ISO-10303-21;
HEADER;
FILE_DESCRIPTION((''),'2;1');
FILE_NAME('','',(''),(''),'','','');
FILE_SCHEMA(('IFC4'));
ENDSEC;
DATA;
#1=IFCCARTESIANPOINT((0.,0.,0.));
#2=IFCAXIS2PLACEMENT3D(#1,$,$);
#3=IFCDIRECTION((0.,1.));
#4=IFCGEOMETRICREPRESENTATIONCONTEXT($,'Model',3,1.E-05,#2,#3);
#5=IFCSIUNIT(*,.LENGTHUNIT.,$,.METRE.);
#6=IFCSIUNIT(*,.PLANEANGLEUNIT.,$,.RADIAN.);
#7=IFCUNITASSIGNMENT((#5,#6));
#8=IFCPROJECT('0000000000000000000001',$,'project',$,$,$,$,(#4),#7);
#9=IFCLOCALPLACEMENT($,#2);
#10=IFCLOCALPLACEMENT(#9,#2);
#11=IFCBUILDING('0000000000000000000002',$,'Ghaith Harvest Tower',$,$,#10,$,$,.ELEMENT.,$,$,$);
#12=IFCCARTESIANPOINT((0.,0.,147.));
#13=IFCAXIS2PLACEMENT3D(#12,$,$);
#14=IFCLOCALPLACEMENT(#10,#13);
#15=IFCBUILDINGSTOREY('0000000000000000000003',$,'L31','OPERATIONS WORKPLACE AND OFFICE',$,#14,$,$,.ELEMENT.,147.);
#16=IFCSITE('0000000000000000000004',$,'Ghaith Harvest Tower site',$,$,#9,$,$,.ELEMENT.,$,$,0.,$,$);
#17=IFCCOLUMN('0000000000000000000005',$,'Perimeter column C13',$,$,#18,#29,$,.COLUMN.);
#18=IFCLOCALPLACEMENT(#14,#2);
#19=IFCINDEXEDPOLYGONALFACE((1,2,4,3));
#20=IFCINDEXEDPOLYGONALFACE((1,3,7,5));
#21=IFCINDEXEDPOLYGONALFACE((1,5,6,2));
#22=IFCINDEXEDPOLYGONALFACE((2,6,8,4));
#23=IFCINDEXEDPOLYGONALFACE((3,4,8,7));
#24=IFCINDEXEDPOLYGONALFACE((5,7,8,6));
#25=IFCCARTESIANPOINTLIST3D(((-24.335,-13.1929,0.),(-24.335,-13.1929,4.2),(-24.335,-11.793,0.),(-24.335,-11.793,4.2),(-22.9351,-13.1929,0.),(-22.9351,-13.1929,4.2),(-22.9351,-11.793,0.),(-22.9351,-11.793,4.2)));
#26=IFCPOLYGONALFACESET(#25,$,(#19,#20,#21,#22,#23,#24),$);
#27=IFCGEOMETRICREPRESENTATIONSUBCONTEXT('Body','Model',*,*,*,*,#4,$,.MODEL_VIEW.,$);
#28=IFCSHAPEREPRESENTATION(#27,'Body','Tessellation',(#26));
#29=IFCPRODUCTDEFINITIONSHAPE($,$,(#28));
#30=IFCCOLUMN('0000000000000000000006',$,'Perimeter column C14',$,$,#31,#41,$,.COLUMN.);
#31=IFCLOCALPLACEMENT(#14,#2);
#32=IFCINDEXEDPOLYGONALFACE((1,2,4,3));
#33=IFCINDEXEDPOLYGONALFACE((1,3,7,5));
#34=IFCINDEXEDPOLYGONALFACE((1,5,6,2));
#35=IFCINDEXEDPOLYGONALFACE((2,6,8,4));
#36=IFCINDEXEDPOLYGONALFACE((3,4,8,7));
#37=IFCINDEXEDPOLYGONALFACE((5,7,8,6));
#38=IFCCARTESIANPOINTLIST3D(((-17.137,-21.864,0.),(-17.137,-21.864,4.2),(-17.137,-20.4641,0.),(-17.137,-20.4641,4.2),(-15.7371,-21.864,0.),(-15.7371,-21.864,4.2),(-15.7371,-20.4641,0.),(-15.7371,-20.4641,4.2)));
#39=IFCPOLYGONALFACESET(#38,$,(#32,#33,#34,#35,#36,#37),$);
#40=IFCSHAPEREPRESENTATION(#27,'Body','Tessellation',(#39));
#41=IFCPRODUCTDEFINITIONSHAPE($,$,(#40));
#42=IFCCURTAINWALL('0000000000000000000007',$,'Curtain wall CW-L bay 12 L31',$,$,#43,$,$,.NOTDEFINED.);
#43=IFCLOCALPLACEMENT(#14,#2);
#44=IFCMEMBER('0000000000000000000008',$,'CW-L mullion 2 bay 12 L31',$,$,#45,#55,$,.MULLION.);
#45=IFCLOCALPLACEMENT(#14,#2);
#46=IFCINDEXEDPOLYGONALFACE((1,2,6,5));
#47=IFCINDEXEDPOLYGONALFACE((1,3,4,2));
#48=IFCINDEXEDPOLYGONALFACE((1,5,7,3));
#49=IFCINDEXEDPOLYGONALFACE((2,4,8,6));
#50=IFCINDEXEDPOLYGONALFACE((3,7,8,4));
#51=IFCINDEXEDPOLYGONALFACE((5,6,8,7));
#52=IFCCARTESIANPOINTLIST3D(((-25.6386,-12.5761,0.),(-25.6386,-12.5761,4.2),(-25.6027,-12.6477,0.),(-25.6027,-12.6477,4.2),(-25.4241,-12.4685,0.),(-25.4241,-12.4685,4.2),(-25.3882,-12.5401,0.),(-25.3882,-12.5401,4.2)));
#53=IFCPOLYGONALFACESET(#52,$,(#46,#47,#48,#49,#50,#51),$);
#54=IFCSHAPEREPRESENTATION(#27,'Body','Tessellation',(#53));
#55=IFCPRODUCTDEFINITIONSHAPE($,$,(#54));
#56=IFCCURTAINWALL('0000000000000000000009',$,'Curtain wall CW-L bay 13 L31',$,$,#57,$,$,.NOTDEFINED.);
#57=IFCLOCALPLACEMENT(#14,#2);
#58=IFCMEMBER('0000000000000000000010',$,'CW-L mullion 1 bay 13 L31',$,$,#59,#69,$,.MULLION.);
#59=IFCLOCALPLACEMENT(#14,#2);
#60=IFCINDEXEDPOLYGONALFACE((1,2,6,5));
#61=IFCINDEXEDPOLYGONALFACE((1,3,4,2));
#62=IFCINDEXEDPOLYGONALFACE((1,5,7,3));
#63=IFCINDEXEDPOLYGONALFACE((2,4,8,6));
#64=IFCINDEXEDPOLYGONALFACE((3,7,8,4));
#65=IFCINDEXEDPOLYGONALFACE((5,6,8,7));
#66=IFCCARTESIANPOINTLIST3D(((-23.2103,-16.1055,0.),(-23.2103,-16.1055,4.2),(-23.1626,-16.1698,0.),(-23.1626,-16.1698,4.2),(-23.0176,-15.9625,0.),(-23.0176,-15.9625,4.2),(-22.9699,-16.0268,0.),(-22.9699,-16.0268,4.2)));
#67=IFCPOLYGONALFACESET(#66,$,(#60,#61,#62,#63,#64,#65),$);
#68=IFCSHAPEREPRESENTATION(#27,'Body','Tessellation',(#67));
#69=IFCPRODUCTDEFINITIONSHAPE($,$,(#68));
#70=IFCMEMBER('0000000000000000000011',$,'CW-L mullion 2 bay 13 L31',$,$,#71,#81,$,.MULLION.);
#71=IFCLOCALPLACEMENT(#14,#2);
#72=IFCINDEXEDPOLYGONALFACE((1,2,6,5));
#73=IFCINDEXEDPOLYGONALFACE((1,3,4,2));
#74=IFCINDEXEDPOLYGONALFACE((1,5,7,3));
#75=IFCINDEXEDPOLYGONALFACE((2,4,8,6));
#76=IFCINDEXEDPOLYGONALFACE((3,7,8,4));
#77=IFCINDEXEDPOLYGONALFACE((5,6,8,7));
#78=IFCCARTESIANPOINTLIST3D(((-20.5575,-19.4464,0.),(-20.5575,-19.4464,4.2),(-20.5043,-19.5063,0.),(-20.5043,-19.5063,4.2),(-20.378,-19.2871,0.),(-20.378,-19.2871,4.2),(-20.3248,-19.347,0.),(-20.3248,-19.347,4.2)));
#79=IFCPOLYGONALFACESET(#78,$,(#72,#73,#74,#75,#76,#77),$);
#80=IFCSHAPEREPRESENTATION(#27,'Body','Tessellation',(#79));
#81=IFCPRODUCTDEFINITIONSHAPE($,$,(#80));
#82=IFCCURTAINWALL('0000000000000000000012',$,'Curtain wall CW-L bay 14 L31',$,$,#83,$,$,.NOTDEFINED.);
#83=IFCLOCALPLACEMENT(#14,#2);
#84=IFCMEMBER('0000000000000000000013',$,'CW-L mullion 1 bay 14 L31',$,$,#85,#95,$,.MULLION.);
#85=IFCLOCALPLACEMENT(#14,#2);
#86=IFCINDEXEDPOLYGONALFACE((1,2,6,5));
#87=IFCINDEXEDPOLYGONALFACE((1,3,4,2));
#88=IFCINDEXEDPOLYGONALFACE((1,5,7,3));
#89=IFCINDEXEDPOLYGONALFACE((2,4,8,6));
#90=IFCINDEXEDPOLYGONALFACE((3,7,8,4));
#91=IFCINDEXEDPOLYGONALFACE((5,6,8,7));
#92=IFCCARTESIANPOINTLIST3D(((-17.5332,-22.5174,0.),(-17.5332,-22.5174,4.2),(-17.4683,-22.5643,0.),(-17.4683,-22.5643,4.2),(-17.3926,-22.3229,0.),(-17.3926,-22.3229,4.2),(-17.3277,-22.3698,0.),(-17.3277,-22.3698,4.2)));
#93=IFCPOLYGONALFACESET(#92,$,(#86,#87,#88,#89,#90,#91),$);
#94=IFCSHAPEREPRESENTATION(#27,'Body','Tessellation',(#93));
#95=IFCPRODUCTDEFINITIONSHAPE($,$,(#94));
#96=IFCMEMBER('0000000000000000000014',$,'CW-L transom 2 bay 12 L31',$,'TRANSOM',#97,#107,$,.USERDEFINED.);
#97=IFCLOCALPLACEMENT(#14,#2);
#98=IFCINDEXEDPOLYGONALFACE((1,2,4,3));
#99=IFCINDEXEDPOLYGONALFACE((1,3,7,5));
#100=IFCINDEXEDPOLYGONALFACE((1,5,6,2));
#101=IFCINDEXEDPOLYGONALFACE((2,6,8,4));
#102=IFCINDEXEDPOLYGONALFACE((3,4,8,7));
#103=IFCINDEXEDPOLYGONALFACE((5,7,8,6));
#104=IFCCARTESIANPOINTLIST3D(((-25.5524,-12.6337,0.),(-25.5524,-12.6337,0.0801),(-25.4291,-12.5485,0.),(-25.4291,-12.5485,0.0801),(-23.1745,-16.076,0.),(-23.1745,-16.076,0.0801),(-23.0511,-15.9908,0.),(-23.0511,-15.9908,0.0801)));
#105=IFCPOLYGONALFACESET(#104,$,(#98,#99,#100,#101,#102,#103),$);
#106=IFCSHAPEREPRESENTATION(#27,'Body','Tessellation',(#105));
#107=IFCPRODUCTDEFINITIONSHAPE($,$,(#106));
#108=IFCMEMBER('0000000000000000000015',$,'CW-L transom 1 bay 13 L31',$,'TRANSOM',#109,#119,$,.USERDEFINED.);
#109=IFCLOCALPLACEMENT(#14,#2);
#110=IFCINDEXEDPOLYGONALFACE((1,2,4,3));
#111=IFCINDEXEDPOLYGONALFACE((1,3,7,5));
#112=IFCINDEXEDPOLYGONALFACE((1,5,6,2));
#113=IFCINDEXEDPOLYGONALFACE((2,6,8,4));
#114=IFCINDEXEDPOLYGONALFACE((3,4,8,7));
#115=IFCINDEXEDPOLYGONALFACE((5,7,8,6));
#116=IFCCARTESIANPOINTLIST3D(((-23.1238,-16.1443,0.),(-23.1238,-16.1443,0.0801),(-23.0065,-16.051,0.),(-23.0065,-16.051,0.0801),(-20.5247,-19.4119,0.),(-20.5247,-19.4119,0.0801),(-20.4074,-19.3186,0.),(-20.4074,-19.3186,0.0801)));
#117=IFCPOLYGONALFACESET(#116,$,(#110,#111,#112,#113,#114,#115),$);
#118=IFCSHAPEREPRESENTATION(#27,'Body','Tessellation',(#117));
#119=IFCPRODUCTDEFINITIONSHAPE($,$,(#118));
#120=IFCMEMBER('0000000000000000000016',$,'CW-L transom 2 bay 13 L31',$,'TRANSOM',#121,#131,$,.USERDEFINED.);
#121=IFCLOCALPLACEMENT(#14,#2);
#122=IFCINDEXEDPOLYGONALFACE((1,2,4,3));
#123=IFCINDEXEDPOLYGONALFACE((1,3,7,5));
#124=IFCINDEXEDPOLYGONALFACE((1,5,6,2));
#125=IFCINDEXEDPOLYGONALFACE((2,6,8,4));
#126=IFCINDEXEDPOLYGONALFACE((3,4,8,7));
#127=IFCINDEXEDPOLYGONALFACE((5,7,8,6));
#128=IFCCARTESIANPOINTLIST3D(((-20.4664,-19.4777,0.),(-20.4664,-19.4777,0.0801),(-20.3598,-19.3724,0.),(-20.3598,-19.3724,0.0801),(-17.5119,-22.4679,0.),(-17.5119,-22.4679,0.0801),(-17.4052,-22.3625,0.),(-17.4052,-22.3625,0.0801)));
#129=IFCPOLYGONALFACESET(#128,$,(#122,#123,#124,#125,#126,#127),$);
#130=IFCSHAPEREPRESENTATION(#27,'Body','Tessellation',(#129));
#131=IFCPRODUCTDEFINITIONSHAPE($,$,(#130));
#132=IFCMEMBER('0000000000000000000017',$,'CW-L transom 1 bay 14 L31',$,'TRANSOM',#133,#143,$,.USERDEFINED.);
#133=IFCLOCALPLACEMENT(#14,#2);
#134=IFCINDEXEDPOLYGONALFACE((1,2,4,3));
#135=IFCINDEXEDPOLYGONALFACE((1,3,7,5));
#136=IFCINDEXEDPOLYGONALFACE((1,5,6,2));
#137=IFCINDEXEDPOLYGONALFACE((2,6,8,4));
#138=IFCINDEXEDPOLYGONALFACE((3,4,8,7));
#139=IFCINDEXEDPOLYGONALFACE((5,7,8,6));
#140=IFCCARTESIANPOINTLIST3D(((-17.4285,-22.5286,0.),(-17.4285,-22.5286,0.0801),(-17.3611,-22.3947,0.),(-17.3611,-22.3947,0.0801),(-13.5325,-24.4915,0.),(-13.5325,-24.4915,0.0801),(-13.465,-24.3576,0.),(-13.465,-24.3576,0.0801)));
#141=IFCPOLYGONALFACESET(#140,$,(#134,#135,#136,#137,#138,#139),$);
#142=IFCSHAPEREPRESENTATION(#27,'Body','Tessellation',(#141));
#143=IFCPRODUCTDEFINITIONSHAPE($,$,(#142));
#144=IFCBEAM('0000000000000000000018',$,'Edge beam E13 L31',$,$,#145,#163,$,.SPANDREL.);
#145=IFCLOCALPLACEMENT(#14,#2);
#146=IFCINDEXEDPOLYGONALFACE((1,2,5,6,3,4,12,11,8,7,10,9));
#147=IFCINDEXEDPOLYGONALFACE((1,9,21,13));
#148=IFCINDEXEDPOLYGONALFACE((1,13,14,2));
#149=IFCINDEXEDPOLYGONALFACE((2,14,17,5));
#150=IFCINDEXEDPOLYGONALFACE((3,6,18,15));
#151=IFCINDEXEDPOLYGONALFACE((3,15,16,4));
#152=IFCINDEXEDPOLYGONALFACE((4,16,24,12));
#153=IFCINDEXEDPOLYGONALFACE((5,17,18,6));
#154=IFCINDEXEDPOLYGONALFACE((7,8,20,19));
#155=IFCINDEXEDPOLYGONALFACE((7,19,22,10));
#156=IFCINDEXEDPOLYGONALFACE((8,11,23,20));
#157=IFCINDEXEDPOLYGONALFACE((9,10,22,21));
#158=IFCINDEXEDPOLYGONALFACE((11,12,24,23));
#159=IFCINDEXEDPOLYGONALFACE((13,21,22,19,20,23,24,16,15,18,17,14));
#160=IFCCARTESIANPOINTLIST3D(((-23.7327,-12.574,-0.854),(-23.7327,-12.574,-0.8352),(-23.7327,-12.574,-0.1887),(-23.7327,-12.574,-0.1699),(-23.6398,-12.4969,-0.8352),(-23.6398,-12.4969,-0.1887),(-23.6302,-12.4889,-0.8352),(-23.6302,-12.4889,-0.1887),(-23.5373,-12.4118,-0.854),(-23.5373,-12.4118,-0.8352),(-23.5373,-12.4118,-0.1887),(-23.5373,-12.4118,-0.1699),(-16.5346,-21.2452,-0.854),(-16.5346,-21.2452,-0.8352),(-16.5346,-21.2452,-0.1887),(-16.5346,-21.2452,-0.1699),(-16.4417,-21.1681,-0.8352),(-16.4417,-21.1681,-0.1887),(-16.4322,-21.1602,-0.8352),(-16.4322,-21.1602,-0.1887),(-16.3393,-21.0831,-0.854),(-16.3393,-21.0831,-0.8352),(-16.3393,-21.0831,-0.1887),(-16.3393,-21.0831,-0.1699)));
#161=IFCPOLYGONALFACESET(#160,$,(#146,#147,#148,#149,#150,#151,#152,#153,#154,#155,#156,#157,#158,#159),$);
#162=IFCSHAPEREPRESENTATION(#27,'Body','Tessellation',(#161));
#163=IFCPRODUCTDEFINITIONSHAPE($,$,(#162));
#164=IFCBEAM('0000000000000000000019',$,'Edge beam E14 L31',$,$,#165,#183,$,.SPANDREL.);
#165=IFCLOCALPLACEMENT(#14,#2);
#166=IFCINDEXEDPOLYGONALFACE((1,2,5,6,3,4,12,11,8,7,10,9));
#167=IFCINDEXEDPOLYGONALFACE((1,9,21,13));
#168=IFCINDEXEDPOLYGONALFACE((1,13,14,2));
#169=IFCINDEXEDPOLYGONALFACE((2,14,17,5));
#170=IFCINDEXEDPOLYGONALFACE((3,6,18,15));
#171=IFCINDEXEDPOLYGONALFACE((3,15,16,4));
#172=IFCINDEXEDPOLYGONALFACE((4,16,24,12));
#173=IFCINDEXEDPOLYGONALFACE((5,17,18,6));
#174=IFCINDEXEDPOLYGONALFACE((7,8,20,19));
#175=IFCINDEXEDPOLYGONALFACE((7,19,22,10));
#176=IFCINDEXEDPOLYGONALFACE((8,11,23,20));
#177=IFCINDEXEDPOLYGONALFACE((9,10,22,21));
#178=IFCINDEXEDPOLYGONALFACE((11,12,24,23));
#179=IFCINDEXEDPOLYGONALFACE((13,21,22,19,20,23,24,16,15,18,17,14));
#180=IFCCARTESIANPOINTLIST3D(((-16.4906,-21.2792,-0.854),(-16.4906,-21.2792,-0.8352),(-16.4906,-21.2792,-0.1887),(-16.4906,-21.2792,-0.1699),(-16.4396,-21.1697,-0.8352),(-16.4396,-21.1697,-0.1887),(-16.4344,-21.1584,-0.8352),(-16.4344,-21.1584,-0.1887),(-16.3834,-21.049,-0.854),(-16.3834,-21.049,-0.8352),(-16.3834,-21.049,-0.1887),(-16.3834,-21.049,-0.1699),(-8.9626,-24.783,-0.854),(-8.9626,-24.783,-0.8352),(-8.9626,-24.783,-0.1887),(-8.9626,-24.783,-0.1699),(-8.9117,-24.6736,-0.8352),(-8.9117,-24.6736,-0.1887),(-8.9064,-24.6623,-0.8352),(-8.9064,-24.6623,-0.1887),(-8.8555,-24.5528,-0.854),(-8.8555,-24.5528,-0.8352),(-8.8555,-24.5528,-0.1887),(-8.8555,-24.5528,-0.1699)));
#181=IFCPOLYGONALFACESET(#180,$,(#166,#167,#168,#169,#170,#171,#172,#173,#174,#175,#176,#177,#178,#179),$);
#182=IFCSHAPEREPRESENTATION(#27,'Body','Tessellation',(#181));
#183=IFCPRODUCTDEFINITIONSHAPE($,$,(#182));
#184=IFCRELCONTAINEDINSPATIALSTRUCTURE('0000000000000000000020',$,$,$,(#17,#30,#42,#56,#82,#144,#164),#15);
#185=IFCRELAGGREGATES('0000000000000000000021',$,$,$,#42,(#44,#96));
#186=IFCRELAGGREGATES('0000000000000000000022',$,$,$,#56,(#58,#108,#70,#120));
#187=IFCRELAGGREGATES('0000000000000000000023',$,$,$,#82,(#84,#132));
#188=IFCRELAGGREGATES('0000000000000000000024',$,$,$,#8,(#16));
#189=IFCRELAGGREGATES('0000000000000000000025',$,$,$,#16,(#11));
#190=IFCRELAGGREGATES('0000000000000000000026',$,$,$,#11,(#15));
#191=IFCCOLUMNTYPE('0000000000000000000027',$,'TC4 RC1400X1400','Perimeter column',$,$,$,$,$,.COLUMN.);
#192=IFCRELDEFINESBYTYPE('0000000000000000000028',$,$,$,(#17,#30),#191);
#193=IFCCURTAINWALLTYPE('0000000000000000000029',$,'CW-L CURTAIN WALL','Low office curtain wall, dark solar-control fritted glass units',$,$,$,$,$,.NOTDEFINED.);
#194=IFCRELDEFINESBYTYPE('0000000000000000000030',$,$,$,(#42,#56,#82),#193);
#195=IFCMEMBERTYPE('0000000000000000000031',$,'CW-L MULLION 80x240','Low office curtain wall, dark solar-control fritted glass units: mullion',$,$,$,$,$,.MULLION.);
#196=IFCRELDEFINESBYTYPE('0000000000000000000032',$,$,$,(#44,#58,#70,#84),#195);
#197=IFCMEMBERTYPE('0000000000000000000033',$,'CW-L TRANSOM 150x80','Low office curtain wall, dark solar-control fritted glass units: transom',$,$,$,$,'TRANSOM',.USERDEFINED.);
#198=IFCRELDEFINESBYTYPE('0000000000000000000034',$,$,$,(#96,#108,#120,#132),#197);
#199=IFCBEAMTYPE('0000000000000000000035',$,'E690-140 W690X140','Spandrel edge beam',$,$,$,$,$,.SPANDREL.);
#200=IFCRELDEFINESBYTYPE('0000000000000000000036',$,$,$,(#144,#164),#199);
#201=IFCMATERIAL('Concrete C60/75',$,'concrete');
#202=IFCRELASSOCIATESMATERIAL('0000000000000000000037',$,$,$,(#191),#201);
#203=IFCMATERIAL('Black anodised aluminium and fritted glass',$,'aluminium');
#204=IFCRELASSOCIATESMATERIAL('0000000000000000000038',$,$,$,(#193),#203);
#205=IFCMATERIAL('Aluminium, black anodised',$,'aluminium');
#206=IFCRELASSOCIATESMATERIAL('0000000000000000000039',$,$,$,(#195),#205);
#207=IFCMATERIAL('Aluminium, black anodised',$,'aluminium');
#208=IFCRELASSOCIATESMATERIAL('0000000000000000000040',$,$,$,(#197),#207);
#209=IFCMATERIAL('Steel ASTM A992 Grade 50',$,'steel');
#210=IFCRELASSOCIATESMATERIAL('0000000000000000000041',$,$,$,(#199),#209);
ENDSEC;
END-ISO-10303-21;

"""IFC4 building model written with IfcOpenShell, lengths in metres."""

from ifc_helpers import new_model, si_unit, direction, frame, origin, origin_2d, place, context, subcontext, project, spatial, rectangle, i_section, extrude, material, material_profile, profile_set, type_object, element, aggregate, save


model = new_model("IFC4")

# Units and contexts
model_context = context("Model", 3, precision=1e-05, world=origin(), true_north=direction((0.0, 1.0)))
body_context = subcontext(model_context, "Body", "Model", "MODEL_VIEW")
ifc_project = project(units=[si_unit("LENGTHUNIT", "METRE"), si_unit("PLANEANGLEUNIT", "RADIAN")], contexts=[model_context])

# Site, building, storey
site_placement = place(None, origin())
site = spatial("IfcSite", under=ifc_project, at=site_placement, Name="Ghaith Harvest Tower site", CompositionType="ELEMENT", RefElevation=0.0)
building_placement = place(site_placement, origin())
building = spatial("IfcBuilding", under=site, at=building_placement, Name="Ghaith Harvest Tower", CompositionType="ELEMENT")
storey_placement = place(building_placement, frame((0.0, 0.0, 147.0)))
storey = spatial("IfcBuildingStorey", under=building, at=storey_placement, Name="L31", Description="OPERATIONS WORKPLACE AND OFFICE", CompositionType="ELEMENT", Elevation=147.0)

# Columns
ifc_material_1 = material(Name="Concrete C60/75", Category="concrete")
ifc_material_profile_1 = material_profile(ifc_material_1, rectangle(XDim=1.3999, YDim=1.3999, at=origin_2d()), Name="RC1400X1400")
ifc_profile_set_1 = profile_set([ifc_material_profile_1], Name="Concrete C60/75")
column_type = type_object("IfcColumnType", Name="TC4 RC1400X1400", Description="Perimeter column", PredefinedType="COLUMN", material=ifc_profile_set_1)
for number, where, z_axis, x_axis, name in (
    (1, (-23.635, -12.4929, 0.0), (0.0, 0.0, 1.0), (1.0, 0.0, 0.0), "Perimeter column C13"),
    (2, (-16.437, -21.1641, 0.0), (0.0, 0.0, 1.0), (1.0, 0.0, 0.0), "Perimeter column C14"),
):
    element("IfcColumn", number, at=place(storey_placement, frame(where, z_axis=z_axis, x_axis=x_axis)), inside=storey, type_object=column_type, Name=name, PredefinedType="COLUMN", context=body_context, shape_type="SweptSolid", body=[
        extrude(rectangle(XDim=1.3999, YDim=1.3999, at=origin_2d()), origin(), (0.0, 0.0, 1.0), 4.2),
    ])

# Curtain wall, member
ifc_material_2 = material(Name="Black anodised aluminium and fritted glass", Category="aluminium")
curtain_wall_type = type_object("IfcCurtainWallType", Name="CW-L CURTAIN WALL", Description="Low office curtain wall, dark solar-control fritted glass units", PredefinedType="NOTDEFINED", material=ifc_material_2)
curtain_wall_1_placement = place(storey_placement, origin())
curtain_wall_1 = element("IfcCurtainWall", 3, at=curtain_wall_1_placement, inside=storey, type_object=curtain_wall_type, Name="Curtain wall CW-L bay 12 L31", PredefinedType="NOTDEFINED")
ifc_material_3 = material(Name="Aluminium, black anodised", Category="aluminium")
ifc_material_profile_2 = material_profile(ifc_material_3, rectangle(XDim=0.0801, YDim=0.24, at=origin_2d()), Name="CW-L MULLION 80x240")
ifc_profile_set_2 = profile_set([ifc_material_profile_2], Name="Aluminium, black anodised")
member_type_1 = type_object("IfcMemberType", Name="CW-L MULLION 80x240", Description="Low office curtain wall, dark solar-control fritted glass units: mullion", PredefinedType="MULLION", material=ifc_profile_set_2)
member_1_placement = place(storey_placement, frame((-25.5134, -12.5581, 0.0), z_axis=(0.0, 0.0, 1.0), x_axis=(0.448267, -0.8939, 0.0)))
member_1 = element("IfcMember", 4, at=member_1_placement, type_object=member_type_1, Name="CW-L mullion 2 bay 12 L31", PredefinedType="MULLION", context=body_context, shape_type="SweptSolid", body=[
    extrude(rectangle(XDim=0.0801, YDim=0.24, at=origin_2d()), origin(), (0.0, 0.0, 1.0), 4.2),
])

# Curtain wall, members
curtain_wall_2_placement = place(storey_placement, origin())
curtain_wall_2 = element("IfcCurtainWall", 5, at=curtain_wall_2_placement, inside=storey, type_object=curtain_wall_type, Name="Curtain wall CW-L bay 13 L31", PredefinedType="NOTDEFINED")
member_2_placement = place(storey_placement, frame((-23.0901, -16.0662, 0.0), z_axis=(0.0, 0.0, 1.0), x_axis=(0.59574, -0.803177, 0.0)))
member_2 = element("IfcMember", 6, at=member_2_placement, type_object=member_type_1, Name="CW-L mullion 1 bay 13 L31", PredefinedType="MULLION", context=body_context, shape_type="SweptSolid", body=[
    extrude(rectangle(XDim=0.0801, YDim=0.24, at=origin_2d()), origin(), (0.0, 0.0, 1.0), 4.2),
])
member_3_placement = place(storey_placement, frame((-20.4412, -19.3967, 0.0), z_axis=(0.0, 0.0, 1.0), x_axis=(0.663765, -0.747941, 0.0)))
member_3 = element("IfcMember", 7, at=member_3_placement, type_object=member_type_1, Name="CW-L mullion 2 bay 13 L31", PredefinedType="MULLION", context=body_context, shape_type="SweptSolid", body=[
    extrude(rectangle(XDim=0.0801, YDim=0.24, at=origin_2d()), origin(), (0.0, 0.0, 1.0), 4.2),
])

# Curtain wall, member
curtain_wall_3_placement = place(storey_placement, origin())
curtain_wall_3 = element("IfcCurtainWall", 8, at=curtain_wall_3_placement, inside=storey, type_object=curtain_wall_type, Name="Curtain wall CW-L bay 14 L31", PredefinedType="NOTDEFINED")
member_4_placement = place(storey_placement, frame((-17.4304, -22.4436, 0.0), z_axis=(0.0, 0.0, 1.0), x_axis=(0.810339, -0.585961, 0.0)))
member_4 = element("IfcMember", 9, at=member_4_placement, type_object=member_type_1, Name="CW-L mullion 1 bay 14 L31", PredefinedType="MULLION", context=body_context, shape_type="SweptSolid", body=[
    extrude(rectangle(XDim=0.0801, YDim=0.24, at=origin_2d()), origin(), (0.0, 0.0, 1.0), 4.2),
])

# Members
ifc_material_4 = material(Name="Aluminium, black anodised", Category="aluminium")
ifc_material_profile_3 = material_profile(ifc_material_4, rectangle(XDim=0.1499, YDim=0.0801, at=origin_2d()), Name="CW-L TRANSOM 150x80")
ifc_profile_set_3 = profile_set([ifc_material_profile_3], Name="Aluminium, black anodised")
member_type_2 = type_object("IfcMemberType", Name="CW-L TRANSOM 150x80", Description="Low office curtain wall, dark solar-control fritted glass units: transom", ElementType="TRANSOM", PredefinedType="USERDEFINED", material=ifc_profile_set_3)
member_5_placement = place(storey_placement, frame((-25.4907, -12.5911, 0.04), z_axis=(0.56836, -0.82278, 0.0), x_axis=(0.82278, 0.56836, 0.0)))
member_5 = element("IfcMember", 10, at=member_5_placement, type_object=member_type_2, Name="CW-L transom 2 bay 12 L31", ObjectType="TRANSOM", PredefinedType="USERDEFINED", context=body_context, shape_type="SweptSolid", body=[
    extrude(rectangle(XDim=0.1499, YDim=0.0801, at=origin_2d()), origin(), (0.0, 0.0, 1.0), 4.1838),
])
member_6_placement = place(storey_placement, frame((-23.0652, -16.0977, 0.04), z_axis=(0.622511, -0.782611, 0.0), x_axis=(0.782611, 0.622511, 0.0)))
member_6 = element("IfcMember", 11, at=member_6_placement, type_object=member_type_2, Name="CW-L transom 1 bay 13 L31", ObjectType="TRANSOM", PredefinedType="USERDEFINED", context=body_context, shape_type="SweptSolid", body=[
    extrude(rectangle(XDim=0.1499, YDim=0.0801, at=origin_2d()), origin(), (0.0, 0.0, 1.0), 4.1753),
])
member_7_placement = place(storey_placement, frame((-20.4131, -19.425, 0.04), z_axis=(0.702854, -0.711334, 0.0), x_axis=(0.711334, 0.702854, 0.0)))
member_7 = element("IfcMember", 12, at=member_7_placement, type_object=member_type_2, Name="CW-L transom 2 bay 13 L31", ObjectType="TRANSOM", PredefinedType="USERDEFINED", context=body_context, shape_type="SweptSolid", body=[
    extrude(rectangle(XDim=0.1499, YDim=0.0801, at=origin_2d()), origin(), (0.0, 0.0, 1.0), 4.2036),
])
member_8_placement = place(storey_placement, frame((-17.3948, -22.4617, 0.04), z_axis=(0.893058, -0.449943, 0.0), x_axis=(0.449943, 0.893058, 0.0)))
member_8 = element("IfcMember", 13, at=member_8_placement, type_object=member_type_2, Name="CW-L transom 1 bay 14 L31", ObjectType="TRANSOM", PredefinedType="USERDEFINED", context=body_context, shape_type="SweptSolid", body=[
    extrude(rectangle(XDim=0.1499, YDim=0.0801, at=origin_2d()), origin(), (0.0, 0.0, 1.0), 4.3625),
])

# Beams
ifc_material_5 = material(Name="Steel ASTM A992 Grade 50", Category="steel")
ifc_material_profile_4 = material_profile(ifc_material_5, i_section(OverallWidth=0.2539, OverallDepth=0.6841, WebThickness=0.0125, FlangeThickness=0.0188, at=origin_2d()), Name="W690X140")
ifc_profile_set_4 = profile_set([ifc_material_profile_4], Name="Steel ASTM A992 Grade 50")
beam_type = type_object("IfcBeamType", Name="E690-140 W690X140", Description="Spandrel edge beam", PredefinedType="SPANDREL", material=ifc_profile_set_4)
beam_1_placement = place(storey_placement, frame((-23.635, -12.4929, -0.512), z_axis=(0.638719, -0.76944, 0.0), x_axis=(0.76944, 0.638719, 0.0)))
element("IfcBeam", 14, at=beam_1_placement, inside=storey, type_object=beam_type, Name="Edge beam E13 L31", PredefinedType="SPANDREL", context=body_context, shape_type="SweptSolid", body=[
    extrude(i_section(OverallWidth=0.2539, OverallDepth=0.6841, WebThickness=0.0125, FlangeThickness=0.0188, at=origin_2d()), origin(), (0.0, 0.0, 1.0), 11.2695),
])
beam_2_placement = place(storey_placement, frame((-16.437, -21.1641, -0.512), z_axis=(0.906607, -0.421976, 0.0), x_axis=(0.421976, 0.906607, 0.0)))
element("IfcBeam", 15, at=beam_2_placement, inside=storey, type_object=beam_type, Name="Edge beam E14 L31", PredefinedType="SPANDREL", context=body_context, shape_type="SweptSolid", body=[
    extrude(i_section(OverallWidth=0.2539, OverallDepth=0.6841, WebThickness=0.0125, FlangeThickness=0.0188, at=origin_2d()), origin(), (0.0, 0.0, 1.0), 8.3035),
])

aggregate(curtain_wall_1, [member_1, member_5])
aggregate(curtain_wall_2, [member_2, member_6, member_3, member_7])
aggregate(curtain_wall_3, [member_4, member_8])

save(model, "model.ifc")
